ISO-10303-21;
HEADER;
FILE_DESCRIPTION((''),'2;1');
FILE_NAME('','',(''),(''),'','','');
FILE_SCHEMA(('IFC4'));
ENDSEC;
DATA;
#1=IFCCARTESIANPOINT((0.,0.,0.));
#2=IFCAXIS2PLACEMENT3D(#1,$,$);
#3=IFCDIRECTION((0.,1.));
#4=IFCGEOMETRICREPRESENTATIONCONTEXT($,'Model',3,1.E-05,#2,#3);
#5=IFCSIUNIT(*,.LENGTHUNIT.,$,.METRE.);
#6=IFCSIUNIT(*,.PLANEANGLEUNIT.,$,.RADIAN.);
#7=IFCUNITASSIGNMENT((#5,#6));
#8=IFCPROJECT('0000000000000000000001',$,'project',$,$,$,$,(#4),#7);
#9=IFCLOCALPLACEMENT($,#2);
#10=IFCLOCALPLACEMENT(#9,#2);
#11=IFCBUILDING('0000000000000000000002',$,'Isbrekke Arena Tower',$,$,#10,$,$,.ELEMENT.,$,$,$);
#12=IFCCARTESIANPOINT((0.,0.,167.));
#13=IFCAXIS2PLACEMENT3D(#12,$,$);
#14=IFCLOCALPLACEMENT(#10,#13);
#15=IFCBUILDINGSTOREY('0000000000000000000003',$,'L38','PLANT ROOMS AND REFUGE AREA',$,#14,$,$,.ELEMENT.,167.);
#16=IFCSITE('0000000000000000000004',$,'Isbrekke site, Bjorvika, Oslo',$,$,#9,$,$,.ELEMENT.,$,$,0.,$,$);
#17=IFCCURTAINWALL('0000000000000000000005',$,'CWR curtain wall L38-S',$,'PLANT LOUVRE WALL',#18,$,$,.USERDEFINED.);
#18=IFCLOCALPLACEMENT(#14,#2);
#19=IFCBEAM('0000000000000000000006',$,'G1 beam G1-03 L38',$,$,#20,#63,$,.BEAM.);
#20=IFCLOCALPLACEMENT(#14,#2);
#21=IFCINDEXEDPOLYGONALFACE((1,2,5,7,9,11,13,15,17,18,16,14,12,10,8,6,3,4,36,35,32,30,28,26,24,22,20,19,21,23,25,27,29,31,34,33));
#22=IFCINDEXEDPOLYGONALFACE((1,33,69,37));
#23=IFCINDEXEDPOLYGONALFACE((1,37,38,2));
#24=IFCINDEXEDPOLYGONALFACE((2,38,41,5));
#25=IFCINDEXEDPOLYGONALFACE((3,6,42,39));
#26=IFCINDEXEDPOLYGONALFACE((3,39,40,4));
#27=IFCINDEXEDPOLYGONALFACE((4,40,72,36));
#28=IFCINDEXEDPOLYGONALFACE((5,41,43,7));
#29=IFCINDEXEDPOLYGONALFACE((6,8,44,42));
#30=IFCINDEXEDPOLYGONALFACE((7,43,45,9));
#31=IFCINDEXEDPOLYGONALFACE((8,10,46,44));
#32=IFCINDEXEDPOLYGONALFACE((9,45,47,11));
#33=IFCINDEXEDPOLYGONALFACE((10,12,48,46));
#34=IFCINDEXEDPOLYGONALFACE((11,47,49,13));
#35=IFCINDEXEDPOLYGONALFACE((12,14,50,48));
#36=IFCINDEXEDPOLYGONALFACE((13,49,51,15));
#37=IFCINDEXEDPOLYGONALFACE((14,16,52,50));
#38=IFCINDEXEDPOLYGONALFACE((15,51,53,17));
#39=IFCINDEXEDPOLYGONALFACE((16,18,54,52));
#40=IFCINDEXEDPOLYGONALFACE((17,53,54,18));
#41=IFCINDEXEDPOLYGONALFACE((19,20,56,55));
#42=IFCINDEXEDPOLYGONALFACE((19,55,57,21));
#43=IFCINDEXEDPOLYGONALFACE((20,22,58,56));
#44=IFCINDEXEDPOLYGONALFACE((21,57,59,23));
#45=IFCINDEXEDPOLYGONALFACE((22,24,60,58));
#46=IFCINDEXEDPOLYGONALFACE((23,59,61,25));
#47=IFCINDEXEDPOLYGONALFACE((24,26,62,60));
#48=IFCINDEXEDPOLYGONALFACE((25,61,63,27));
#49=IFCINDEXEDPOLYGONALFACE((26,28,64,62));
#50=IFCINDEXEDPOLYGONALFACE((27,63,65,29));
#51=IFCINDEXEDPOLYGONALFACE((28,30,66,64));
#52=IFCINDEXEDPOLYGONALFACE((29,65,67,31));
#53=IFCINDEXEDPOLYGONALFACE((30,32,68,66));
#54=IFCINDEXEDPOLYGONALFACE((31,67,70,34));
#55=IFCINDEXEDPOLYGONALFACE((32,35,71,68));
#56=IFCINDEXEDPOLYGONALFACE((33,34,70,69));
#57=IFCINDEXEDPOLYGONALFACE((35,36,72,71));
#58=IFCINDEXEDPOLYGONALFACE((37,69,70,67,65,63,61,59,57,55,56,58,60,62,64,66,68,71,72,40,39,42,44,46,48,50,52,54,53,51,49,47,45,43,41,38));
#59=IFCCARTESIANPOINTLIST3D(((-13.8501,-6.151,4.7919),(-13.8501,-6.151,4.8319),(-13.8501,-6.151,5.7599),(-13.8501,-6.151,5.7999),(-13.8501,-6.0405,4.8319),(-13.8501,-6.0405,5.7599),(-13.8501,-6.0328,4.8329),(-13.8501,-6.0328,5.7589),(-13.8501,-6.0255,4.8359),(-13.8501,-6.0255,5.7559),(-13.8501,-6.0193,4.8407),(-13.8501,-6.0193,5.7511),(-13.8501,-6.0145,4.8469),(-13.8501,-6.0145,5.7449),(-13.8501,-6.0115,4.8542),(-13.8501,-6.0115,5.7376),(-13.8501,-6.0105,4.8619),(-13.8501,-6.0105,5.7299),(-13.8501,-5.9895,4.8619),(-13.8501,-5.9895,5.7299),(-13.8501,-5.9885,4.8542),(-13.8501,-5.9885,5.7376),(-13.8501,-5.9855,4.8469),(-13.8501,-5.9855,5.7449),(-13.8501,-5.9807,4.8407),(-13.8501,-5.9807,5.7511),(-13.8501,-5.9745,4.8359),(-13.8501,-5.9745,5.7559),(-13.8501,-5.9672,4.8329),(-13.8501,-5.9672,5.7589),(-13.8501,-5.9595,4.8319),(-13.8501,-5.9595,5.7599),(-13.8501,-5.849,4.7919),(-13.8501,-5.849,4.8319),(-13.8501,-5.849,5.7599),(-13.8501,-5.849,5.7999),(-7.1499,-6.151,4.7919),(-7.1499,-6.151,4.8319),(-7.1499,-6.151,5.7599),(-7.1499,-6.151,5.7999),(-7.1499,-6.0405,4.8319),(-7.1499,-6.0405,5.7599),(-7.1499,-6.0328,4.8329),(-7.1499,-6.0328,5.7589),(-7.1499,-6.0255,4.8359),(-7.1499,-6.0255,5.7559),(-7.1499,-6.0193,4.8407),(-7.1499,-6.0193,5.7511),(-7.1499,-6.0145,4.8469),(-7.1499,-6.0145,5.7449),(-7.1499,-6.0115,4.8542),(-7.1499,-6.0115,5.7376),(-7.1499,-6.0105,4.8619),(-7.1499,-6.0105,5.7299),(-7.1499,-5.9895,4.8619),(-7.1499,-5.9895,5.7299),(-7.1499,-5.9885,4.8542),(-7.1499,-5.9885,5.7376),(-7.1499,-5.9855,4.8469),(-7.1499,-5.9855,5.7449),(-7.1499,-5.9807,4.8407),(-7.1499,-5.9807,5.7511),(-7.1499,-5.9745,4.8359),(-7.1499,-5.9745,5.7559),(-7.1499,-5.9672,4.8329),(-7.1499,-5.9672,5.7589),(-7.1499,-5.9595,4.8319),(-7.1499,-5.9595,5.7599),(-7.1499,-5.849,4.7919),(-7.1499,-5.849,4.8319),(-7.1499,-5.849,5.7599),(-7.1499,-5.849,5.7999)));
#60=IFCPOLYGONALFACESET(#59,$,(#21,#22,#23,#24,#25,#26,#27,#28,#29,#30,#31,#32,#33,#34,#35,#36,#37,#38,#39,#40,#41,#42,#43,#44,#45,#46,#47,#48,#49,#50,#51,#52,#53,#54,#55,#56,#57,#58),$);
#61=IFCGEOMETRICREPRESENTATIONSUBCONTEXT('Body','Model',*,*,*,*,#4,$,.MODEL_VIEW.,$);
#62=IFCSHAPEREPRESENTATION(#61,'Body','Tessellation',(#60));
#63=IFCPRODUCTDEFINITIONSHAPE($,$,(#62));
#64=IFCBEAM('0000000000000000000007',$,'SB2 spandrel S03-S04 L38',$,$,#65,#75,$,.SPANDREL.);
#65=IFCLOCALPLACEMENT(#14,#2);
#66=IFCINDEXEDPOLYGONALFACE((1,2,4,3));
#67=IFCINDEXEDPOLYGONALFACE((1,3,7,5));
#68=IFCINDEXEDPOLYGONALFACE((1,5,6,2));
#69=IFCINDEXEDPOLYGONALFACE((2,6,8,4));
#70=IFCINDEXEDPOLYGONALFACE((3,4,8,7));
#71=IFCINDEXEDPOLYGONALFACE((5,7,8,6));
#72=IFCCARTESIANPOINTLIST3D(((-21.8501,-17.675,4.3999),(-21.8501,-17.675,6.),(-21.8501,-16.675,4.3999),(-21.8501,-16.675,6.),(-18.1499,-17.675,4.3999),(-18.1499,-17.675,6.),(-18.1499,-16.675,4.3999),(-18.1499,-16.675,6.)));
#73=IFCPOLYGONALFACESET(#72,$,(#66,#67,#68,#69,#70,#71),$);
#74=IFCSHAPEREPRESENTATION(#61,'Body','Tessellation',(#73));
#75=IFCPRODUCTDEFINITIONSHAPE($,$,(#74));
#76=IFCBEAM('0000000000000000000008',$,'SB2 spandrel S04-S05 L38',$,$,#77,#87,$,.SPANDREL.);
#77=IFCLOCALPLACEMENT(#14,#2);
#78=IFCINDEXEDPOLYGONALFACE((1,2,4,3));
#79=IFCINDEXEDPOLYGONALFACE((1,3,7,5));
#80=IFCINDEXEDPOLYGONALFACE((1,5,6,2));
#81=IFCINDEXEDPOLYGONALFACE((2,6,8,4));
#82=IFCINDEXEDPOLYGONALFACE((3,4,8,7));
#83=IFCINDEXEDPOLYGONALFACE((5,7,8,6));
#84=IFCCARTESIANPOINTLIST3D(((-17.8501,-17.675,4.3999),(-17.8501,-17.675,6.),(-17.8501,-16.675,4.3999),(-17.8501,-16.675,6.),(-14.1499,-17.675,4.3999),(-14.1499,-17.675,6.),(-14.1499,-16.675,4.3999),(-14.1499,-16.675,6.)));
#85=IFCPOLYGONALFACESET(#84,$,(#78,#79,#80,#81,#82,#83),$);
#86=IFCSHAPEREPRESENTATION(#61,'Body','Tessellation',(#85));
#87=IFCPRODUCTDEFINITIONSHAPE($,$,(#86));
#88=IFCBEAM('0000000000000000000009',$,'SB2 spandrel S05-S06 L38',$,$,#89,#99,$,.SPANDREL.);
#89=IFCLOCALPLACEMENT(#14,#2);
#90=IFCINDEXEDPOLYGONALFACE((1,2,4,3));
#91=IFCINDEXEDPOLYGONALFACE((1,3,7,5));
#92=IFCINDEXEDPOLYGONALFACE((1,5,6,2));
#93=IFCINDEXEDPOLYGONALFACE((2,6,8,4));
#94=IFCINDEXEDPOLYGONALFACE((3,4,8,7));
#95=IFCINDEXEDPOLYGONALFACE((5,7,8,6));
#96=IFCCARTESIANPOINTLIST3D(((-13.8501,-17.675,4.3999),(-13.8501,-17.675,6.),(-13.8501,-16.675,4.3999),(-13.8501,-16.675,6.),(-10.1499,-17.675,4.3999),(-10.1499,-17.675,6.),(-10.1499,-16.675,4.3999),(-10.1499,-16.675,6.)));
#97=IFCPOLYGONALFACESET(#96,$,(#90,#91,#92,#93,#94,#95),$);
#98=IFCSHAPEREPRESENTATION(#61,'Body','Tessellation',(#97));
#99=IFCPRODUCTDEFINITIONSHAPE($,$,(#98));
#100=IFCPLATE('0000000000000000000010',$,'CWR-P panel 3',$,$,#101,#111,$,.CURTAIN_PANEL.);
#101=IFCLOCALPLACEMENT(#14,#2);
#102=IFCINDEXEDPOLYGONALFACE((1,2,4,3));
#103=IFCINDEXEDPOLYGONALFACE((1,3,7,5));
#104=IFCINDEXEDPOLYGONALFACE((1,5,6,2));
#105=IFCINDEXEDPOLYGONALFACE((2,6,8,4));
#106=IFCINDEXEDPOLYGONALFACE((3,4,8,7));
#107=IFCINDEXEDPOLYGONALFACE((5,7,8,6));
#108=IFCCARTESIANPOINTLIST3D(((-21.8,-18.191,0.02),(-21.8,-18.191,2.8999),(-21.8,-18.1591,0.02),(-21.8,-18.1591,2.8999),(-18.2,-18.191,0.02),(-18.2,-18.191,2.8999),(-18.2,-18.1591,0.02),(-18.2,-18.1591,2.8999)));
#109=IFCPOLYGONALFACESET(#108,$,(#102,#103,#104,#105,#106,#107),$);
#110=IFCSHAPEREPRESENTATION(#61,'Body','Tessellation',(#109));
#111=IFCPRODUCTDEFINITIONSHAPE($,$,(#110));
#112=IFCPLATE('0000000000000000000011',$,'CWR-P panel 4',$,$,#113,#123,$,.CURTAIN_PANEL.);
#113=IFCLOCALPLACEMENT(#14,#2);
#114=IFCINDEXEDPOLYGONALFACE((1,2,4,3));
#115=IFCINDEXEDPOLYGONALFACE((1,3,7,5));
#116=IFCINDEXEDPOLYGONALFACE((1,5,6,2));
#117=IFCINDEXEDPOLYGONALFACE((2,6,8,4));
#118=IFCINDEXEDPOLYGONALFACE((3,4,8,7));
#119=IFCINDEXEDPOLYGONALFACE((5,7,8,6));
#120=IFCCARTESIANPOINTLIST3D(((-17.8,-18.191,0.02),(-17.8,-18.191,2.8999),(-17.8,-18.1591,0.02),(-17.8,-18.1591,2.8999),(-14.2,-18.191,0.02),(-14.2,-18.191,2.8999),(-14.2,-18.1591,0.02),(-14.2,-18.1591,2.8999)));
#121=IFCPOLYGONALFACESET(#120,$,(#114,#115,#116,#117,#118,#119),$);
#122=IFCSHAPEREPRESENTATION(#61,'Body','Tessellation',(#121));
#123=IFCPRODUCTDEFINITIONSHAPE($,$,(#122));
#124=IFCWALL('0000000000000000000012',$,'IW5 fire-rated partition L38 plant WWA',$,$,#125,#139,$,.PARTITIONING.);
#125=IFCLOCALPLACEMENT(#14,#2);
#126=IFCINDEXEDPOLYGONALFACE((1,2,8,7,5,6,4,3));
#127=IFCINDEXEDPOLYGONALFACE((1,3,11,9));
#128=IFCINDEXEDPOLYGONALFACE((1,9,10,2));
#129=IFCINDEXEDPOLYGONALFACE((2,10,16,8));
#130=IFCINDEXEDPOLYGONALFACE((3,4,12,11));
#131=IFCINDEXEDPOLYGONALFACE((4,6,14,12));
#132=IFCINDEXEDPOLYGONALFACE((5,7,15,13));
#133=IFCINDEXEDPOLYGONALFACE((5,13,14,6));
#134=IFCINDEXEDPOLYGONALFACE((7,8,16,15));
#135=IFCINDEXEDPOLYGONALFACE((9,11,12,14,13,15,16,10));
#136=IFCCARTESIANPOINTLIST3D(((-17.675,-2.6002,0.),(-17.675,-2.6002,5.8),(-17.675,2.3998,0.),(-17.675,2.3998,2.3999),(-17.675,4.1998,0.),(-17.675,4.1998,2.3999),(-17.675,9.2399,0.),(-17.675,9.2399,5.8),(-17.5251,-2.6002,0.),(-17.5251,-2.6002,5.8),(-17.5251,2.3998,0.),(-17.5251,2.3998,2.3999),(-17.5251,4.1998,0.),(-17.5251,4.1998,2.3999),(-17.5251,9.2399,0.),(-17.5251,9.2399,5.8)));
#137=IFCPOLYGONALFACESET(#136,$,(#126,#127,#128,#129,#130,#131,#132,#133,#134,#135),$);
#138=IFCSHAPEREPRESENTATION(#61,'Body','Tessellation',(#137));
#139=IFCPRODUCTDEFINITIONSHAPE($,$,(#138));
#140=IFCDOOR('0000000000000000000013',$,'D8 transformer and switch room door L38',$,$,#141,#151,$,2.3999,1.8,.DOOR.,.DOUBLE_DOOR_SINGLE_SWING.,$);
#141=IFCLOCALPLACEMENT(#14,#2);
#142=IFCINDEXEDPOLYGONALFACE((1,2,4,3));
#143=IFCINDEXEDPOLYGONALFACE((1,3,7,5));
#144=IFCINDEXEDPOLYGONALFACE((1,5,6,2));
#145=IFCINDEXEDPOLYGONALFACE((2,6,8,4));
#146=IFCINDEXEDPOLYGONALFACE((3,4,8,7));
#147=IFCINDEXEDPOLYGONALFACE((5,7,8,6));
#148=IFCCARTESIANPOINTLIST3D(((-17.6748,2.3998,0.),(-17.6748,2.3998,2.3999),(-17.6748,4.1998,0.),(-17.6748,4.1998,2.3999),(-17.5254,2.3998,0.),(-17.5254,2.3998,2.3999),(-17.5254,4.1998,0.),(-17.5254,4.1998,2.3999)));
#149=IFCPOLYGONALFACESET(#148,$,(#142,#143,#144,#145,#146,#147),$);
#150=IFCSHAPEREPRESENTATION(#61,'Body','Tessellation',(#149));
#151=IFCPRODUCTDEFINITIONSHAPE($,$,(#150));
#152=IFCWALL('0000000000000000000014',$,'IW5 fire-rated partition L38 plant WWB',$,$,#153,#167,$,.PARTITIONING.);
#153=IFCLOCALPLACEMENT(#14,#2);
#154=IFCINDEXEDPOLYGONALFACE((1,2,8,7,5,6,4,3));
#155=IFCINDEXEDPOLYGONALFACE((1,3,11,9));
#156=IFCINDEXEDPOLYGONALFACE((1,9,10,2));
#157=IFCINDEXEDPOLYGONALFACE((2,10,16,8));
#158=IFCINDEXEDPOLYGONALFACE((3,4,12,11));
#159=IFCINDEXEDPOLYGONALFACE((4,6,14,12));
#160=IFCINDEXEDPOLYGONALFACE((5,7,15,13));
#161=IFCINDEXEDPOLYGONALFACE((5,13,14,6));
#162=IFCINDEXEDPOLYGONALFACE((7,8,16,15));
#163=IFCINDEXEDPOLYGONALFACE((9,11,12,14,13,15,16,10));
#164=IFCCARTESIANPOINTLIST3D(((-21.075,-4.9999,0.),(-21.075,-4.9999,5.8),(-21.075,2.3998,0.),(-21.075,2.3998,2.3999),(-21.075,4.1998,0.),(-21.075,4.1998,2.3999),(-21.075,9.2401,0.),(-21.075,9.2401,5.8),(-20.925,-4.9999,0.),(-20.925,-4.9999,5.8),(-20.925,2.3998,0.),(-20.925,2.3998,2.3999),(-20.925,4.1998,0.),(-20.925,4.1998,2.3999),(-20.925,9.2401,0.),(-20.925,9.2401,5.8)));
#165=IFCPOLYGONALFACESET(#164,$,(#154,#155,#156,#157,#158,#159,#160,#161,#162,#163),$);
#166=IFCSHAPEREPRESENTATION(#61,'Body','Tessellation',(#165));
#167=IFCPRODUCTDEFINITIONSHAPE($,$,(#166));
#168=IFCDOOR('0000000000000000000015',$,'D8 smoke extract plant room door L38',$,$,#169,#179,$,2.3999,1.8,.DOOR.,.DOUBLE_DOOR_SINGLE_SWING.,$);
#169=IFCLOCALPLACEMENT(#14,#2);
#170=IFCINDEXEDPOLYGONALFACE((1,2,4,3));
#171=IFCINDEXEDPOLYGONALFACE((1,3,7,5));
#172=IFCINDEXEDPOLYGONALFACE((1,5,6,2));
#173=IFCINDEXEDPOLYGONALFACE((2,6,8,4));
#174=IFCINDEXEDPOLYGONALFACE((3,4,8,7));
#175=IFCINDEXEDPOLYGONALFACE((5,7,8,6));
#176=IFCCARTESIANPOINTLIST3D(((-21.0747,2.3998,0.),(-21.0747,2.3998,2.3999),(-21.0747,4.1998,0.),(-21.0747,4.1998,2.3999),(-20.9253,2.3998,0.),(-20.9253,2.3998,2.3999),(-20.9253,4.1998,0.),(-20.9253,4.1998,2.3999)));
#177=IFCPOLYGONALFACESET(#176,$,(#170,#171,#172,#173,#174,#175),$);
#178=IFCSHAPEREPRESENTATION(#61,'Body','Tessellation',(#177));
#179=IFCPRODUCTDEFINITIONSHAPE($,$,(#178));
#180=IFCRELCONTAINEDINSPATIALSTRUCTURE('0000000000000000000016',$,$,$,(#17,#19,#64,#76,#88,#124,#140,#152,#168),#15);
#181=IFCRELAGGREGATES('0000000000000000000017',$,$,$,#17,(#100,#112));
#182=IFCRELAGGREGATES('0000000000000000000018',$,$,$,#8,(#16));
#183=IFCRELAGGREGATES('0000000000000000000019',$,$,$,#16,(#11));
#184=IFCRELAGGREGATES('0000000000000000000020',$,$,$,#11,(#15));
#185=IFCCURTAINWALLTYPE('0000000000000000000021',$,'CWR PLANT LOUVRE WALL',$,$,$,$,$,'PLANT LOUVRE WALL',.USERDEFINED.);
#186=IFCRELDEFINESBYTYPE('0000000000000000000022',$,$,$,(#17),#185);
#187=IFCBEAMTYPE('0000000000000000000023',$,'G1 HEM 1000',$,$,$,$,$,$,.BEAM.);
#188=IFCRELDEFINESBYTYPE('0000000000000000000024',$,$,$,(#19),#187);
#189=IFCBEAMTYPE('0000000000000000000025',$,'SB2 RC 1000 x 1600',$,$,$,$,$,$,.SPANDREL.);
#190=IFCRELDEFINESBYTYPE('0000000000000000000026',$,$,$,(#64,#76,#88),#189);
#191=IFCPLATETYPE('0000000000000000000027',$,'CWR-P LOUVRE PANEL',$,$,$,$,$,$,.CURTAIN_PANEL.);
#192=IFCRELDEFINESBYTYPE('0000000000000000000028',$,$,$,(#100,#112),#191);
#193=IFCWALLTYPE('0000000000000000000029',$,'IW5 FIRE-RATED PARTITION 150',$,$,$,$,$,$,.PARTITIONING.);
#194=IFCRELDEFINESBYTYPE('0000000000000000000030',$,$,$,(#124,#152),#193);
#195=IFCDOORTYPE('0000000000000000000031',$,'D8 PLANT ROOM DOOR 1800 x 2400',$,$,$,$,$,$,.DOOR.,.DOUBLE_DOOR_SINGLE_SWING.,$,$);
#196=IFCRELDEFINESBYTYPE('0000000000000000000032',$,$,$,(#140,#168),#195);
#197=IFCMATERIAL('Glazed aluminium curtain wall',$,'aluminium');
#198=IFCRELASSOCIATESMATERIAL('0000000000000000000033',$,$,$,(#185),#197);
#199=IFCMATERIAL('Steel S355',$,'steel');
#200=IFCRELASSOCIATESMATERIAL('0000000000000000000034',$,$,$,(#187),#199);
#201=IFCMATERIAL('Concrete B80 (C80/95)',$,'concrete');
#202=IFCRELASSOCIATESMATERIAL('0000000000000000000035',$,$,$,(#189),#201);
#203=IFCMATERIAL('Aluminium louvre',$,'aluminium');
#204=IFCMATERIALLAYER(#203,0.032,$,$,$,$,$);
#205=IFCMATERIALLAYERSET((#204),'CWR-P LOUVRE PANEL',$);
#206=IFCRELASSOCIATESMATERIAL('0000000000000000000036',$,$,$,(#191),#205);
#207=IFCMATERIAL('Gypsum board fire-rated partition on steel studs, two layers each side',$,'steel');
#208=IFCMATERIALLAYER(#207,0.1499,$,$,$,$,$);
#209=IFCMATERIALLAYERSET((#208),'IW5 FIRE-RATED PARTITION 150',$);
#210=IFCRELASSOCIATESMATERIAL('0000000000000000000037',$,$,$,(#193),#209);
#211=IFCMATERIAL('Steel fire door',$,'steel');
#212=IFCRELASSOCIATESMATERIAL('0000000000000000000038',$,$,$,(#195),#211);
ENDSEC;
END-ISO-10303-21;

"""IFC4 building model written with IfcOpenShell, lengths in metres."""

from ifc_helpers import new_model, si_unit, direction, frame, frame_2d, origin, origin_2d, place, context, subcontext, project, spatial, rectangle, i_section, extrude, material, layer, layer_set, material_profile, profile_set, type_object, element, fill, aggregate, save


model = new_model("IFC4")

# Units and contexts
model_context = context("Model", 3, precision=1e-05, world=origin(), true_north=direction((0.0, 1.0)))
body_context = subcontext(model_context, "Body", "Model", "MODEL_VIEW")
ifc_project = project(units=[si_unit("LENGTHUNIT", "METRE"), si_unit("PLANEANGLEUNIT", "RADIAN")], contexts=[model_context])

# Site, building, storey
site_placement = place(None, origin())
site = spatial("IfcSite", under=ifc_project, at=site_placement, Name="Isbrekke site, Bjorvika, Oslo", CompositionType="ELEMENT", RefElevation=0.0)
building_placement = place(site_placement, origin())
building = spatial("IfcBuilding", under=site, at=building_placement, Name="Isbrekke Arena Tower", CompositionType="ELEMENT")
storey_placement = place(building_placement, frame((0.0, 0.0, 167.0)))
storey = spatial("IfcBuildingStorey", under=building, at=storey_placement, Name="L38", Description="PLANT ROOMS AND REFUGE AREA", CompositionType="ELEMENT", Elevation=167.0)

# Curtain wall
ifc_material_1 = material(Name="Glazed aluminium curtain wall", Category="aluminium")
curtain_wall_type = type_object("IfcCurtainWallType", Name="CWR PLANT LOUVRE WALL", ElementType="PLANT LOUVRE WALL", PredefinedType="USERDEFINED", material=ifc_material_1)
curtain_wall_placement = place(storey_placement, origin())
curtain_wall = element("IfcCurtainWall", 1, at=curtain_wall_placement, inside=storey, type_object=curtain_wall_type, Name="CWR curtain wall L38-S", ObjectType="PLANT LOUVRE WALL", PredefinedType="USERDEFINED")

# Beams
ifc_material_2 = material(Name="Steel S355", Category="steel")
ifc_material_profile_1 = material_profile(ifc_material_2, i_section(OverallWidth=0.302, OverallDepth=1.0081, WebThickness=0.021, FlangeThickness=0.04, FilletRadius=0.03, at=origin_2d()), Name="HEM 1000")
ifc_profile_set_1 = profile_set([ifc_material_profile_1], Name="Steel S355")
beam_type_1 = type_object("IfcBeamType", Name="G1 HEM 1000", PredefinedType="BEAM", material=ifc_profile_set_1)
for number, where, z_axis, x_axis, name in (
    (2, (-13.8501, -6.0, 5.2959), (1.0, 0.0, 0.0), (0.0, 1.0, 0.0), "G1 beam G1-03 L38"),
):
    element("IfcBeam", number, at=place(storey_placement, frame(where, z_axis=z_axis, x_axis=x_axis)), inside=storey, type_object=beam_type_1, Name=name, PredefinedType="BEAM", context=body_context, shape_type="SweptSolid", body=[
        extrude(i_section(OverallWidth=0.302, OverallDepth=1.0081, WebThickness=0.021, FlangeThickness=0.04, FilletRadius=0.03, at=origin_2d()), origin(), (0.0, 0.0, 1.0), 6.7002),
    ])
ifc_material_3 = material(Name="Concrete B80 (C80/95)", Category="concrete")
ifc_material_profile_2 = material_profile(ifc_material_3, rectangle(XDim=1.0, YDim=1.6001, at=origin_2d()), Name="RC 1000x1600")
ifc_profile_set_2 = profile_set([ifc_material_profile_2], Name="Concrete B80 (C80/95)")
beam_type_2 = type_object("IfcBeamType", Name="SB2 RC 1000 x 1600", PredefinedType="SPANDREL", material=ifc_profile_set_2)
for number, where, z_axis, x_axis, name in (
    (3, (-21.8501, -17.175, 5.2), (1.0, 0.0, 0.0), (0.0, 1.0, 0.0), "SB2 spandrel S03-S04 L38"),
    (4, (-17.8501, -17.175, 5.2), (1.0, 0.0, 0.0), (0.0, 1.0, 0.0), "SB2 spandrel S04-S05 L38"),
    (5, (-13.8501, -17.175, 5.2), (1.0, 0.0, 0.0), (0.0, 1.0, 0.0), "SB2 spandrel S05-S06 L38"),
):
    element("IfcBeam", number, at=place(storey_placement, frame(where, z_axis=z_axis, x_axis=x_axis)), inside=storey, type_object=beam_type_2, Name=name, PredefinedType="SPANDREL", context=body_context, shape_type="SweptSolid", body=[
        extrude(rectangle(XDim=1.0, YDim=1.6001, at=origin_2d()), origin(), (0.0, 0.0, 1.0), 3.7002),
    ])

# Plates
ifc_material_4 = material(Name="Aluminium louvre", Category="aluminium")
ifc_layer_1 = layer(ifc_material_4, 0.032)
ifc_layer_set_1 = layer_set([ifc_layer_1], Name="CWR-P LOUVRE PANEL")
plate_type = type_object("IfcPlateType", Name="CWR-P LOUVRE PANEL", PredefinedType="CURTAIN_PANEL", material=ifc_layer_set_1)
plate_1_placement = place(storey_placement, frame((-20.0, -18.175, 0.02), z_axis=(0.0, 0.0, 1.0), x_axis=(1.0, 0.0, 0.0)))
plate_1 = element("IfcPlate", 6, at=plate_1_placement, type_object=plate_type, Name="CWR-P panel 3", PredefinedType="CURTAIN_PANEL", context=body_context, shape_type="SweptSolid", body=[
    extrude(rectangle(XDim=3.6001, YDim=0.032, at=origin_2d()), origin(), (0.0, 0.0, 1.0), 2.8799),
])
plate_2_placement = place(storey_placement, frame((-16.0, -18.175, 0.02), z_axis=(0.0, 0.0, 1.0), x_axis=(1.0, 0.0, 0.0)))
plate_2 = element("IfcPlate", 7, at=plate_2_placement, type_object=plate_type, Name="CWR-P panel 4", PredefinedType="CURTAIN_PANEL", context=body_context, shape_type="SweptSolid", body=[
    extrude(rectangle(XDim=3.6001, YDim=0.032, at=origin_2d()), origin(), (0.0, 0.0, 1.0), 2.8799),
])
aggregate(curtain_wall, [plate_1, plate_2])

# Walls, openings, doors
ifc_material_5 = material(Name="Gypsum board fire-rated partition on steel studs, two layers each side", Category="steel")
ifc_layer_2 = layer(ifc_material_5, 0.1499)
ifc_layer_set_2 = layer_set([ifc_layer_2], Name="IW5 FIRE-RATED PARTITION 150")
wall_type = type_object("IfcWallType", Name="IW5 FIRE-RATED PARTITION 150", PredefinedType="PARTITIONING", material=ifc_layer_set_2)
wall_1_placement = place(storey_placement, frame((-17.6001, -2.6001, 0.0), z_axis=(0.0, 0.0, 1.0), x_axis=(0.0, 1.0, 0.0)))
wall_1 = element("IfcWall", 8, at=wall_1_placement, inside=storey, type_object=wall_type, Name="IW5 fire-rated partition L38 plant WWA", PredefinedType="PARTITIONING", context=body_context, shape_type="SweptSolid", body=[
    extrude(rectangle(XDim=11.8401, YDim=0.1499, at=frame_2d((5.9199, 0.0))), origin(), (0.0, 0.0, 1.0), 5.8),
])
opening_1_placement = place(wall_1_placement, frame((5.0, 0.0, 0.0)))
opening_1 = element("IfcOpeningElement", 9, at=opening_1_placement, cuts=wall_1, PredefinedType="OPENING", context=body_context, shape_type="SweptSolid", body=[
    extrude(rectangle(XDim=1.8, YDim=2.3999, at=frame_2d((0.8999, 1.2))), frame((0.0, 0.0898, 0.0), z_axis=(0.0, -1.0, 0.0), x_axis=(1.0, 0.0, 0.0)), (0.0, 0.0, 1.0), 0.1797),
])
ifc_material_6 = material(Name="Steel fire door", Category="steel")
door_type = type_object("IfcDoorType", Name="D8 PLANT ROOM DOOR 1800 x 2400", OperationType="DOUBLE_DOOR_SINGLE_SWING", PredefinedType="DOOR", material=ifc_material_6)
door_1_placement = place(opening_1_placement, origin())
door_1 = element("IfcDoor", 10, at=door_1_placement, inside=storey, type_object=door_type, Name="D8 transformer and switch room door L38", OperationType="DOUBLE_DOOR_SINGLE_SWING", OverallHeight=2.3999, OverallWidth=1.8, PredefinedType="DOOR", context=body_context, shape_type="SweptSolid", body=[
    extrude(rectangle(XDim=1.8, YDim=2.3999, at=frame_2d((0.8999, 1.2))), frame((0.0, 0.0747, 0.0), z_axis=(0.0, -1.0, 0.0), x_axis=(1.0, 0.0, 0.0)), (0.0, 0.0, 1.0), 0.1494),
])
fill(opening_1, door_1)
wall_2_placement = place(storey_placement, frame((-21.0, -5.0, 0.0), z_axis=(0.0, 0.0, 1.0), x_axis=(0.0, 1.0, 0.0)))
wall_2 = element("IfcWall", 11, at=wall_2_placement, inside=storey, type_object=wall_type, Name="IW5 fire-rated partition L38 plant WWB", PredefinedType="PARTITIONING", context=body_context, shape_type="SweptSolid", body=[
    extrude(rectangle(XDim=14.24, YDim=0.1499, at=frame_2d((7.1201, 0.0))), origin(), (0.0, 0.0, 1.0), 5.8),
])
opening_2_placement = place(wall_2_placement, frame((7.3999, 0.0, 0.0)))
opening_2 = element("IfcOpeningElement", 12, at=opening_2_placement, cuts=wall_2, PredefinedType="OPENING", context=body_context, shape_type="SweptSolid", body=[
    extrude(rectangle(XDim=1.8, YDim=2.3999, at=frame_2d((0.8999, 1.2))), frame((0.0, 0.0898, 0.0), z_axis=(0.0, -1.0, 0.0), x_axis=(1.0, 0.0, 0.0)), (0.0, 0.0, 1.0), 0.1797),
])
door_2_placement = place(opening_2_placement, origin())
door_2 = element("IfcDoor", 13, at=door_2_placement, inside=storey, type_object=door_type, Name="D8 smoke extract plant room door L38", OperationType="DOUBLE_DOOR_SINGLE_SWING", OverallHeight=2.3999, OverallWidth=1.8, PredefinedType="DOOR", context=body_context, shape_type="SweptSolid", body=[
    extrude(rectangle(XDim=1.8, YDim=2.3999, at=frame_2d((0.8999, 1.2))), frame((0.0, 0.0747, 0.0), z_axis=(0.0, -1.0, 0.0), x_axis=(1.0, 0.0, 0.0)), (0.0, 0.0, 1.0), 0.1494),
])
fill(opening_2, door_2)

save(model, "model.ifc")
